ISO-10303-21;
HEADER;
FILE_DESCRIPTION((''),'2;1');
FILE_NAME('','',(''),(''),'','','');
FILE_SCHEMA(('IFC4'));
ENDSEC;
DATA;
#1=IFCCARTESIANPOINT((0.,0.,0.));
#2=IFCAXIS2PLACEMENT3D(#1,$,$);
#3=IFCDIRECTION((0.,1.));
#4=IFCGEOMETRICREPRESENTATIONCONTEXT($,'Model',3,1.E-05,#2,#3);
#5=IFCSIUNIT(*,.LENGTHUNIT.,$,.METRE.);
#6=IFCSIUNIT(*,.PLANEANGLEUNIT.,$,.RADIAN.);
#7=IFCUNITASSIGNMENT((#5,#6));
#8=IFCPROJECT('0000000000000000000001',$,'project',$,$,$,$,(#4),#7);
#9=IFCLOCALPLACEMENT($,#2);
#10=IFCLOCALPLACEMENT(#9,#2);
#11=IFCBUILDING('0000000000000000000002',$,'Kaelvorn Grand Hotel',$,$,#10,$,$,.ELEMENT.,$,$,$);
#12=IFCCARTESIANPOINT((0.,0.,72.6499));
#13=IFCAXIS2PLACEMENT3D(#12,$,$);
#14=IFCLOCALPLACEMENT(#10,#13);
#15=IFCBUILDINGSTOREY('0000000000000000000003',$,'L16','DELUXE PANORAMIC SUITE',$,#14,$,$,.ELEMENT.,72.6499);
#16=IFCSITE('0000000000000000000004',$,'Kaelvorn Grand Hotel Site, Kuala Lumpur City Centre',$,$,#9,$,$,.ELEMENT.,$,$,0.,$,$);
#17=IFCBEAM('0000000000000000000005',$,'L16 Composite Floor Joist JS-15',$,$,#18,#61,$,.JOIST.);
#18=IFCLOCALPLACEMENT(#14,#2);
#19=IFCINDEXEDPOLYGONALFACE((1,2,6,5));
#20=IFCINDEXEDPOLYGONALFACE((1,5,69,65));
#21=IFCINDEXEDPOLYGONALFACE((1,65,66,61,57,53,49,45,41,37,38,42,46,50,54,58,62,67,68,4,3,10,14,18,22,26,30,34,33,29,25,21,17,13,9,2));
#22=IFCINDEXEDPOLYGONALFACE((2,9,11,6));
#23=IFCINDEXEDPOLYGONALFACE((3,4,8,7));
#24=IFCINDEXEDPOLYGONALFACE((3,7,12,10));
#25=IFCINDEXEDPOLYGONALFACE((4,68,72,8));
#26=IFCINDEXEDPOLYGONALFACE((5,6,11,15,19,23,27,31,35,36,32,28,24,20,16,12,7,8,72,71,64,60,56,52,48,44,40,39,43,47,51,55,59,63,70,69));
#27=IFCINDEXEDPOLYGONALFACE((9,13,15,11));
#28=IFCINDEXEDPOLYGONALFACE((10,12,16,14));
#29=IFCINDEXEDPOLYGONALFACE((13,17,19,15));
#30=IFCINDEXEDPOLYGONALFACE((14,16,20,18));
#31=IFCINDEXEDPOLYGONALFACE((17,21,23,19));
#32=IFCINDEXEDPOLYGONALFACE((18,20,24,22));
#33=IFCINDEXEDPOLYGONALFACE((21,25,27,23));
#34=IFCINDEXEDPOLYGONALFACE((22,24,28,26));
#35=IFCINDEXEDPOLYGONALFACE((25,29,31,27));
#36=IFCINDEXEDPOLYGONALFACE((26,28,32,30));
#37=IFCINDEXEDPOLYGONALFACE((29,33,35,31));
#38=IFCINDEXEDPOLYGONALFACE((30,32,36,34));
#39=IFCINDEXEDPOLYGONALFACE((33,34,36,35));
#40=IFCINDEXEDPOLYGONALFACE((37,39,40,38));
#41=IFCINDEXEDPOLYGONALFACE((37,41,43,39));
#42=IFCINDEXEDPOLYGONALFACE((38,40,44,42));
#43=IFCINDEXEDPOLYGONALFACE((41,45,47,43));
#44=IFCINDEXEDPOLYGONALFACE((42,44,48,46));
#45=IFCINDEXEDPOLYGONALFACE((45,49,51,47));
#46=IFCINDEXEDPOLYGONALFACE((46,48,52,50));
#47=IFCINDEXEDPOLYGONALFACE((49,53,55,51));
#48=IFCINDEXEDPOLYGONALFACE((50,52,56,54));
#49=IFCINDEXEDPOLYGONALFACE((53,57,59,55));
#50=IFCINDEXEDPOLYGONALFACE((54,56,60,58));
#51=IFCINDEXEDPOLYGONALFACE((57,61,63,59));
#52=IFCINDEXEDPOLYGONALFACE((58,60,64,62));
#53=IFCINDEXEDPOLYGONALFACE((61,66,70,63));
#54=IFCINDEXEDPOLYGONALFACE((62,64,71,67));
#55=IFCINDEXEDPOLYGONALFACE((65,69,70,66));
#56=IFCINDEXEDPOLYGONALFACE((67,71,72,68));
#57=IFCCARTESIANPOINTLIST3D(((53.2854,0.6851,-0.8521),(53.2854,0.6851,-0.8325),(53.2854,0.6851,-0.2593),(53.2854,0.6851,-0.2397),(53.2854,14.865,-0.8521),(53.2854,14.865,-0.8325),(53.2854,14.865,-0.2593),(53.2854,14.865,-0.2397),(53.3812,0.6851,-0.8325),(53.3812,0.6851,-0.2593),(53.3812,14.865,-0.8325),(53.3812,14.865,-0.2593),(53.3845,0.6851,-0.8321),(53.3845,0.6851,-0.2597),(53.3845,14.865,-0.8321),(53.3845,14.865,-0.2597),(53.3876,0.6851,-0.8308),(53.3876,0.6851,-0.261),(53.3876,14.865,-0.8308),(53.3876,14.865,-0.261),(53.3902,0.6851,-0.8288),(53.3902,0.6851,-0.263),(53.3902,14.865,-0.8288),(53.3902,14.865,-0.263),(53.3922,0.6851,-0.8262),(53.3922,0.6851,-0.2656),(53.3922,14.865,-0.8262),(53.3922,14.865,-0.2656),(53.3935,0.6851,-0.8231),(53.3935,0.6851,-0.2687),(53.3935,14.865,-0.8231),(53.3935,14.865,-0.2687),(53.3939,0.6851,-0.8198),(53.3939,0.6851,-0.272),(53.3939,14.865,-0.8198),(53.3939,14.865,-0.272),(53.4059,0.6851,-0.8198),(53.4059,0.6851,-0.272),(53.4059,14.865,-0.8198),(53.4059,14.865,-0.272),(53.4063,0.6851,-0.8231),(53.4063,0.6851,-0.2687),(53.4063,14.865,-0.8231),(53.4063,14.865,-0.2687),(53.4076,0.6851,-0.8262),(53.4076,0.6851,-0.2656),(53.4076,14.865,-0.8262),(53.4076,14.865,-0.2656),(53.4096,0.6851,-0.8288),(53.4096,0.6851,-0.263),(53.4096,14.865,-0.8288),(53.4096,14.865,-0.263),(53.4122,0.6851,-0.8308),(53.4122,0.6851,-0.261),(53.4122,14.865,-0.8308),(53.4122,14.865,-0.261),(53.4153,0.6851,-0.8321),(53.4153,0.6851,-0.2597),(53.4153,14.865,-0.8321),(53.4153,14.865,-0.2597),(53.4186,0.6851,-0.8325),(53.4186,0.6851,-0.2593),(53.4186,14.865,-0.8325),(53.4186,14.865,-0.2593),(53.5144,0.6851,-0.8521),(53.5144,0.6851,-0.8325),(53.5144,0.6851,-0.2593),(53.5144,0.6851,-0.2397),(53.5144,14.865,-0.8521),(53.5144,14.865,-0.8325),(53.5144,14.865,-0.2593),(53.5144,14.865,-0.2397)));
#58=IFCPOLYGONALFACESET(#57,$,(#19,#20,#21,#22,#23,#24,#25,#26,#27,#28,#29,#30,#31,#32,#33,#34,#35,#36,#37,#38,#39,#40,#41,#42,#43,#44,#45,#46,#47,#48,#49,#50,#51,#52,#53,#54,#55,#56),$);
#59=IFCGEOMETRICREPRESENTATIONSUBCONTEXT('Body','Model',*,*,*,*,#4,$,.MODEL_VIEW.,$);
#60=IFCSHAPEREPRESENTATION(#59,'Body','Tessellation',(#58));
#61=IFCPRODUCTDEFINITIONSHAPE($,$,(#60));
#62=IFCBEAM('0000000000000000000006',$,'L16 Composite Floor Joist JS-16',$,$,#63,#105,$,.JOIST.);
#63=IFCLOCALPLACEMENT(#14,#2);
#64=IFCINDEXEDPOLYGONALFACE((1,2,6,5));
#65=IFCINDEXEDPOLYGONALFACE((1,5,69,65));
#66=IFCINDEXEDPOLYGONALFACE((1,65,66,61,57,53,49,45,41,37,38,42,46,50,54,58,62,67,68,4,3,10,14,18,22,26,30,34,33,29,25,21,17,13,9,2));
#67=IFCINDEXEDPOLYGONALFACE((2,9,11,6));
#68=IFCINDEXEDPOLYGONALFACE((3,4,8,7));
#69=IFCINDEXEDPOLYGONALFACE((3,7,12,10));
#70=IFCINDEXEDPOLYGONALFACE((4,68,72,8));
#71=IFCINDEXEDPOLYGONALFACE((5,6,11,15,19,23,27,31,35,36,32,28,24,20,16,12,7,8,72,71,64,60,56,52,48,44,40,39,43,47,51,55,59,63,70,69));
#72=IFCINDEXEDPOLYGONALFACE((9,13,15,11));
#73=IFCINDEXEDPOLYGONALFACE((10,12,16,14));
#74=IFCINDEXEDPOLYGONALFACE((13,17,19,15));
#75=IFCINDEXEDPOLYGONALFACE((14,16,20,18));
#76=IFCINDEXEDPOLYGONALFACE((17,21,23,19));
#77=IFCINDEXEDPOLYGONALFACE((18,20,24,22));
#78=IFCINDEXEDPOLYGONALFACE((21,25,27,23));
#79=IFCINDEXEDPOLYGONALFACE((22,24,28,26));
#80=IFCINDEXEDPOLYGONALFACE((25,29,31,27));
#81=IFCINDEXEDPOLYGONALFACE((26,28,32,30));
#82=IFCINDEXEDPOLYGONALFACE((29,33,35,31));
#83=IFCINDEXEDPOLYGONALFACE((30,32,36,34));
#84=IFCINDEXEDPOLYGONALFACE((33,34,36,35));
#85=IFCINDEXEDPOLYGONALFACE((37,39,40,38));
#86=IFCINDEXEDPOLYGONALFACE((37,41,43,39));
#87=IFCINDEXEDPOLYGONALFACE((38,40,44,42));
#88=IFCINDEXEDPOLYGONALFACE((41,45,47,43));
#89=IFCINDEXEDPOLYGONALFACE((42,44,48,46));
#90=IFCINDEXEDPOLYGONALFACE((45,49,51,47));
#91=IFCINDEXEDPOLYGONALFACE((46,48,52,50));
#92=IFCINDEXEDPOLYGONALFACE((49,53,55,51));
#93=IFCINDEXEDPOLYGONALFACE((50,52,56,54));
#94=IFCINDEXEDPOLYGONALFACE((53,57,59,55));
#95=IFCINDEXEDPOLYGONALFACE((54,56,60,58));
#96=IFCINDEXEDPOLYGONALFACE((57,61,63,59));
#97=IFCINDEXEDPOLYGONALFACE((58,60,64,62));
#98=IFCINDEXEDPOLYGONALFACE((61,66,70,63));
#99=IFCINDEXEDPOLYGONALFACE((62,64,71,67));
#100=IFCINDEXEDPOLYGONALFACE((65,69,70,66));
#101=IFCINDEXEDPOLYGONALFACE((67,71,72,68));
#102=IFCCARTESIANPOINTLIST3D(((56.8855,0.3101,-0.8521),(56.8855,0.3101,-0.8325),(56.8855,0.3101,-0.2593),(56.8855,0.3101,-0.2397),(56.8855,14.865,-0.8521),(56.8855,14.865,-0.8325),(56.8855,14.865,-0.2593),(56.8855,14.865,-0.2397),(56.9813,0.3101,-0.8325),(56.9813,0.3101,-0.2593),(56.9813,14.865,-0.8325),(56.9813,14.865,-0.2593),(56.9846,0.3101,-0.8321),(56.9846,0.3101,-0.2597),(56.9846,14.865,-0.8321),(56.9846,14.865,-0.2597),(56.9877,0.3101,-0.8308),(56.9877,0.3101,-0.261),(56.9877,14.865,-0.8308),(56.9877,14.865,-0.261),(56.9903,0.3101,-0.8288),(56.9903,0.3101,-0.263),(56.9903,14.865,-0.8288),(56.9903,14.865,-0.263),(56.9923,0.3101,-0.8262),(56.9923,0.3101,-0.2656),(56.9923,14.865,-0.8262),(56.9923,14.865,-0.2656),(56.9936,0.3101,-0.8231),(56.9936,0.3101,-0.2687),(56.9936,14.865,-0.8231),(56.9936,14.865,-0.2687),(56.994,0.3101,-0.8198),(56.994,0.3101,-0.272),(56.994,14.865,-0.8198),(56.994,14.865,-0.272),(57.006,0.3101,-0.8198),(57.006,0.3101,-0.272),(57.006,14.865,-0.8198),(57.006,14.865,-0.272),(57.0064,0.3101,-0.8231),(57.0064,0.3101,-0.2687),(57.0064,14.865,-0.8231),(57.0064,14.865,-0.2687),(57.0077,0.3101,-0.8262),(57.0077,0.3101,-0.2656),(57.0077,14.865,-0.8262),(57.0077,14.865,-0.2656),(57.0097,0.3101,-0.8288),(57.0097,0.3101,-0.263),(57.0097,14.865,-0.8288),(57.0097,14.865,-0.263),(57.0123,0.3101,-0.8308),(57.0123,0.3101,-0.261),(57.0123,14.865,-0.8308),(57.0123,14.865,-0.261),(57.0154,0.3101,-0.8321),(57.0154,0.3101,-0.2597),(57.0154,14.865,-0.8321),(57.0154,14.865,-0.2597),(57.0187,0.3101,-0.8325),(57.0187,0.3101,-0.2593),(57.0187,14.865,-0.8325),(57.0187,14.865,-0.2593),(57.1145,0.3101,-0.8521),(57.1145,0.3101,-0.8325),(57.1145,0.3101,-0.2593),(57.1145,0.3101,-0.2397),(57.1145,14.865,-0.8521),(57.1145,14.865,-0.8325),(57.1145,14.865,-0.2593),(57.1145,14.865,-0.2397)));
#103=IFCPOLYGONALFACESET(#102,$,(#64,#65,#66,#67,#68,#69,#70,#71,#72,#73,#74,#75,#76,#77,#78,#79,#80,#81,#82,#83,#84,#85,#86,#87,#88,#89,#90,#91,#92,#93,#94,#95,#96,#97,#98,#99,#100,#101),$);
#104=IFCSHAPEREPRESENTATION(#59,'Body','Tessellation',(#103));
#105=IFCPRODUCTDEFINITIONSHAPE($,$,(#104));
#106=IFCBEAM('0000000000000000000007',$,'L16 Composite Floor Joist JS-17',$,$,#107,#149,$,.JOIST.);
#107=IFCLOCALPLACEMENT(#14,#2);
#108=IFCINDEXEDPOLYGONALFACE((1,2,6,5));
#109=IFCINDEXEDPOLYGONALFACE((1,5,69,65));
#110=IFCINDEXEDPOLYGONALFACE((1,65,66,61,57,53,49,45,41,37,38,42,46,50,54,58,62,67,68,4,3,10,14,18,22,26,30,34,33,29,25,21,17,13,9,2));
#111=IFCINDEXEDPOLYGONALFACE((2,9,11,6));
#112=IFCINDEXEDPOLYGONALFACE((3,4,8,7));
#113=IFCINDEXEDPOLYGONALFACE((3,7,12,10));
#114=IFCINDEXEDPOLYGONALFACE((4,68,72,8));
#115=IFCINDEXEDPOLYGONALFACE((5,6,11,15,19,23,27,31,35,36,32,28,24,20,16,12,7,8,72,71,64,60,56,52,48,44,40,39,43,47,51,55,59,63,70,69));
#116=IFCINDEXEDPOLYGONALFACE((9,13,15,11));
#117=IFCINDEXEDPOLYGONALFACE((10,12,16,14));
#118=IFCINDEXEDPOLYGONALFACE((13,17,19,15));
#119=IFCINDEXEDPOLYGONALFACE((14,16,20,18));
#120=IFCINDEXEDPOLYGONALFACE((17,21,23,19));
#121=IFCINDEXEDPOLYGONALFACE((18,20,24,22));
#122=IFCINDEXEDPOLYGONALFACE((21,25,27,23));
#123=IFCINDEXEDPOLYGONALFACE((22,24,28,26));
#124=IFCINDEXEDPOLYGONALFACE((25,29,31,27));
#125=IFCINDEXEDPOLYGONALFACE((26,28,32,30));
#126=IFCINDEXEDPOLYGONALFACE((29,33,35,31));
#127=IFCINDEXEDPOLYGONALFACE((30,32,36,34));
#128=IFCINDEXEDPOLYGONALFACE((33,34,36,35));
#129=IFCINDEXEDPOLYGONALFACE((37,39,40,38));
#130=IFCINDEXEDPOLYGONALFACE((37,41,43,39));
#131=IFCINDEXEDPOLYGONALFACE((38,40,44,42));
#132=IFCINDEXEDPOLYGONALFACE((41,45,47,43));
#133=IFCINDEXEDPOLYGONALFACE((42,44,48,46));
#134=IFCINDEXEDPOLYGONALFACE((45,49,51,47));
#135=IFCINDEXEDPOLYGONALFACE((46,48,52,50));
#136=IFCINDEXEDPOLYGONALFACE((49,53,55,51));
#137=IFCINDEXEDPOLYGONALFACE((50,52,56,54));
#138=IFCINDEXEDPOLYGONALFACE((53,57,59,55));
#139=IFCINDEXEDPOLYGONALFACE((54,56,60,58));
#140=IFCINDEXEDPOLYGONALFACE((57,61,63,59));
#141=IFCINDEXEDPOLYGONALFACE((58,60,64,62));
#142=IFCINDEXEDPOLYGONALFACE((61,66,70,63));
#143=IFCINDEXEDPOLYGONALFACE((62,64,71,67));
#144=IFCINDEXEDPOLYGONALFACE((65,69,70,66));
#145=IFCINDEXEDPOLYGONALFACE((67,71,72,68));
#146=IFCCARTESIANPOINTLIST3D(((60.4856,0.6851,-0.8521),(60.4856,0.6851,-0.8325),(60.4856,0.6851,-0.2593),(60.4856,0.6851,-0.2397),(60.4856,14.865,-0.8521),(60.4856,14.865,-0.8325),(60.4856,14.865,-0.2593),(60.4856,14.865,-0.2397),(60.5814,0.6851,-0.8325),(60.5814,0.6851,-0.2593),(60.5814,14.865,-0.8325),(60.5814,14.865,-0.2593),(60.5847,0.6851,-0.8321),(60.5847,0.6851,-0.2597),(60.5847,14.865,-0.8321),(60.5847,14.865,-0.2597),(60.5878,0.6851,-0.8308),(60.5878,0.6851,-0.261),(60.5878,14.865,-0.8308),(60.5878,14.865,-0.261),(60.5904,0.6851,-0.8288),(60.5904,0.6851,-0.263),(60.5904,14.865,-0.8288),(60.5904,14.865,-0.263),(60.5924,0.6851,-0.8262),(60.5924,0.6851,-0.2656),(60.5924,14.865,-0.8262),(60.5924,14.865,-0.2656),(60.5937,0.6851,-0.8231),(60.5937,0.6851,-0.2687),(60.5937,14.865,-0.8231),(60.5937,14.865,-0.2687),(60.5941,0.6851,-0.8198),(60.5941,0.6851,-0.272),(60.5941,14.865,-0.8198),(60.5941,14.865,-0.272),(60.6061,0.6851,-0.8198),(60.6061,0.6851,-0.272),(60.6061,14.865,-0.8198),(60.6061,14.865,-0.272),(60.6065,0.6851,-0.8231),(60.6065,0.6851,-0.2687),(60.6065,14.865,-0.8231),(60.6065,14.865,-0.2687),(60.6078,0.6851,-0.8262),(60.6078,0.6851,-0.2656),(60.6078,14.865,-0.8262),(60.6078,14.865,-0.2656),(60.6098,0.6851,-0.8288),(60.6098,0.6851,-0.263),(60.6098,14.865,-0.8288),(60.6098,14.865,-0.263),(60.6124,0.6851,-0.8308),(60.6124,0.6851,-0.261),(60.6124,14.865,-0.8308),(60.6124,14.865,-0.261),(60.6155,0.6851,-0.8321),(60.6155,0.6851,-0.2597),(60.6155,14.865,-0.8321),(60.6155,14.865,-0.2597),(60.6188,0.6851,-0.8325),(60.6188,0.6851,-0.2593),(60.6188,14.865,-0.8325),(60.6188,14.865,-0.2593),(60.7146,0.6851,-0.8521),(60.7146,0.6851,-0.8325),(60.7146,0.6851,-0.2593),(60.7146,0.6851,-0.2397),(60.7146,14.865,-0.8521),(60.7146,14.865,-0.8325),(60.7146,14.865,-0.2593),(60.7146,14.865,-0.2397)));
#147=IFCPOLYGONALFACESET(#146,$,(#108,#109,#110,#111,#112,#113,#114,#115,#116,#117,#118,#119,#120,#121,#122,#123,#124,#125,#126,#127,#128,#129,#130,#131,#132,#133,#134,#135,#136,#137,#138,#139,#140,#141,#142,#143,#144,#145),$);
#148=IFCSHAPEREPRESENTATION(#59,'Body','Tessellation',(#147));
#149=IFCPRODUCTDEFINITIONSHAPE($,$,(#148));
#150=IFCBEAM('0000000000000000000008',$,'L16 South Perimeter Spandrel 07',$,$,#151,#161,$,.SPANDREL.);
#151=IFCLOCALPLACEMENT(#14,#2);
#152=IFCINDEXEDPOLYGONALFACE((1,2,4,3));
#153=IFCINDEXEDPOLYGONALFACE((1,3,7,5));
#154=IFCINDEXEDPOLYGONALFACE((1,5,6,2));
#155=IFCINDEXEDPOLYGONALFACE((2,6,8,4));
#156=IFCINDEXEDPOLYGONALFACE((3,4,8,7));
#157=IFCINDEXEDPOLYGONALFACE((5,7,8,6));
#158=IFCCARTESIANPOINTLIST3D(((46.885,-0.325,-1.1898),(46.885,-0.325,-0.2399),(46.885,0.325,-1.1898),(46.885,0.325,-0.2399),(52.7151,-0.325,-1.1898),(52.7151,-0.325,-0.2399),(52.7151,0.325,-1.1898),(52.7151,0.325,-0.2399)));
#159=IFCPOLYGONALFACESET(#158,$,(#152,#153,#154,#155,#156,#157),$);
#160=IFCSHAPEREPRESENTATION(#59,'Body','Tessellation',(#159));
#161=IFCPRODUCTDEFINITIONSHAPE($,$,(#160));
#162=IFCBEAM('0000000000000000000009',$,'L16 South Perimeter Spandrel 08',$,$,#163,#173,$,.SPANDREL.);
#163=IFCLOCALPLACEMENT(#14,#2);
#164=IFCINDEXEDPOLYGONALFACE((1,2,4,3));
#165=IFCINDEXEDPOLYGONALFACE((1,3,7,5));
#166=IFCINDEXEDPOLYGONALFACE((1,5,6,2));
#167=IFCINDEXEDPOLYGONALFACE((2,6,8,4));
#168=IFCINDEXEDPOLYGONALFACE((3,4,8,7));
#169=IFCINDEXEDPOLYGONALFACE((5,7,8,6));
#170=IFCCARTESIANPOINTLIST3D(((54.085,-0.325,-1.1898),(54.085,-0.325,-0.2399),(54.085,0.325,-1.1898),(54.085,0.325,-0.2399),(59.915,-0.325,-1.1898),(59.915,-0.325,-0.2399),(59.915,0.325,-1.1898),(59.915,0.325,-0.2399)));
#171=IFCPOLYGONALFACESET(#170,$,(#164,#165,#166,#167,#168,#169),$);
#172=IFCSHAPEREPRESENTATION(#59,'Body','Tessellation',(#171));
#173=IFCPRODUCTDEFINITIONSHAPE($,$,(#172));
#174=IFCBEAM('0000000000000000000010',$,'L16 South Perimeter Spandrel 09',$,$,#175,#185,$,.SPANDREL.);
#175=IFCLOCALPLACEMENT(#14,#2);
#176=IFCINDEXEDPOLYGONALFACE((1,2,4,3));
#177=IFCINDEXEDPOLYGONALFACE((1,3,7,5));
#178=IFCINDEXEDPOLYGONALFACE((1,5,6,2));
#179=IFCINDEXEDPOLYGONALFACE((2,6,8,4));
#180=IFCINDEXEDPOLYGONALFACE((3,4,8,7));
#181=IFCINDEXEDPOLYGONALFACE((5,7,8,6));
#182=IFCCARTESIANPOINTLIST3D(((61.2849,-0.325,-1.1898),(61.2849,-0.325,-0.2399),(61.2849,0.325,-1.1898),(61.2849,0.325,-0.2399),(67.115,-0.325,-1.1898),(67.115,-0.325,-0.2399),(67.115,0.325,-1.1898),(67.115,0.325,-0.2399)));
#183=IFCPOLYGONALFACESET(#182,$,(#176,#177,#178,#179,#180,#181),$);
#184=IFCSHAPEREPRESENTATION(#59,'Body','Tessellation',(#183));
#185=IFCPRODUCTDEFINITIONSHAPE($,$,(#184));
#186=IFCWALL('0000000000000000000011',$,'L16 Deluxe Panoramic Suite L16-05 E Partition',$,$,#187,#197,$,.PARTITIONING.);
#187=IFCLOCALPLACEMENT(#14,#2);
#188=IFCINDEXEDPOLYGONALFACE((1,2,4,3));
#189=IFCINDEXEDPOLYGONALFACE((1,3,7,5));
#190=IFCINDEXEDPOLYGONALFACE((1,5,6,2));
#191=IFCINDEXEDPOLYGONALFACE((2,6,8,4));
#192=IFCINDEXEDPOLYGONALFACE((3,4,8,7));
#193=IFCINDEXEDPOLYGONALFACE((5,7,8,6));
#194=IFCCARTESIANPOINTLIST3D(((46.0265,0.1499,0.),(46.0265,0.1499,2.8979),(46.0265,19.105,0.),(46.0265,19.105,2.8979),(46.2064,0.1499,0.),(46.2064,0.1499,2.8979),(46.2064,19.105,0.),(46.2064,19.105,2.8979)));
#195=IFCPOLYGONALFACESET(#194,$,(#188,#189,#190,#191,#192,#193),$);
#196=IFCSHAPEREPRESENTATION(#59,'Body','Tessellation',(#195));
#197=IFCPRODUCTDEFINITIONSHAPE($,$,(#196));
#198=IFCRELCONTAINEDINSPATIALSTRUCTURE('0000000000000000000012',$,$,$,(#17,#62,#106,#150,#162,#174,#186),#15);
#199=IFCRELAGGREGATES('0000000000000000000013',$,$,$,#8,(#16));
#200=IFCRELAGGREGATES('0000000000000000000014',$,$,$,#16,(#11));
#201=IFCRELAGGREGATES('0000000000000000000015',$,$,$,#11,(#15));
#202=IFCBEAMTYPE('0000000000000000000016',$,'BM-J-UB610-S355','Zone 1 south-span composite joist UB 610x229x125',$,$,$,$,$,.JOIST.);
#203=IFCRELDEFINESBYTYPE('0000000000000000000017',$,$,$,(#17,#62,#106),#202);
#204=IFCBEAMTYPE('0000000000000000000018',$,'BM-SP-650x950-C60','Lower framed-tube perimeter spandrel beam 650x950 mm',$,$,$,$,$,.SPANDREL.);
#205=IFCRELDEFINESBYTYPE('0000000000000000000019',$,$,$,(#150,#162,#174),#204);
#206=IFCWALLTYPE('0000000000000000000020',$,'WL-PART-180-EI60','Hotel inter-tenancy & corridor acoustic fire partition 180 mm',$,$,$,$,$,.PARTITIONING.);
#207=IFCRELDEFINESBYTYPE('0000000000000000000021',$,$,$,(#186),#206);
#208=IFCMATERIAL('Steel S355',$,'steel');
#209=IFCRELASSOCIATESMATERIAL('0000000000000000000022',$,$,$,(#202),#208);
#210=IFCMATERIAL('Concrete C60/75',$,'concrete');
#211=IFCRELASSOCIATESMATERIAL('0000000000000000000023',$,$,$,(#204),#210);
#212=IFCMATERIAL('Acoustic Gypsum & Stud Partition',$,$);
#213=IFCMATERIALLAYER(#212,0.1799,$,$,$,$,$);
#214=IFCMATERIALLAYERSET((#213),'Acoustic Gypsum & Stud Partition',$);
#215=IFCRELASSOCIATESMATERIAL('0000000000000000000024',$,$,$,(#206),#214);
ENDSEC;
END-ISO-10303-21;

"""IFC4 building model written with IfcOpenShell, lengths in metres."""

from ifc_helpers import new_model, si_unit, direction, frame, frame_2d, origin, origin_2d, place, context, subcontext, project, spatial, rectangle, i_section, extrude, material, layer, layer_set, material_profile, profile_set, type_object, element, save


model = new_model("IFC4")

# Units and contexts
model_context = context("Model", 3, precision=1e-05, world=origin(), true_north=direction((0.0, 1.0)))
body_context = subcontext(model_context, "Body", "Model", "MODEL_VIEW")
ifc_project = project(units=[si_unit("LENGTHUNIT", "METRE"), si_unit("PLANEANGLEUNIT", "RADIAN")], contexts=[model_context])

# Site, building, storey
site_placement = place(None, origin())
site = spatial("IfcSite", under=ifc_project, at=site_placement, Name="Kaelvorn Grand Hotel Site, Kuala Lumpur City Centre", CompositionType="ELEMENT", RefElevation=0.0)
building_placement = place(site_placement, origin())
building = spatial("IfcBuilding", under=site, at=building_placement, Name="Kaelvorn Grand Hotel", CompositionType="ELEMENT")
storey_placement = place(building_placement, frame((0.0, 0.0, 72.6499)))
storey = spatial("IfcBuildingStorey", under=building, at=storey_placement, Name="L16", Description="DELUXE PANORAMIC SUITE", CompositionType="ELEMENT", Elevation=72.6499)

# Beams
ifc_material_1 = material(Name="Steel S355", Category="steel")
ifc_material_profile_1 = material_profile(ifc_material_1, i_section(OverallWidth=0.229, OverallDepth=0.6123, WebThickness=0.012, FlangeThickness=0.0195, FilletRadius=0.0127, at=origin_2d()), Name="UB 610x229x125")
ifc_profile_set_1 = profile_set([ifc_material_profile_1], Name="Steel S355")
beam_type_1 = type_object("IfcBeamType", Name="BM-J-UB610-S355", Description="Zone 1 south-span composite joist UB 610x229x125", PredefinedType="JOIST", material=ifc_profile_set_1)
beam_1_placement = place(storey_placement, frame((53.3999, 0.6851, -0.5459), z_axis=(0.0, 1.0, 0.0), x_axis=(-1.0, 0.0, 0.0)))
element("IfcBeam", 1, at=beam_1_placement, inside=storey, type_object=beam_type_1, Name="L16 Composite Floor Joist JS-15", PredefinedType="JOIST", context=body_context, shape_type="SweptSolid", body=[
    extrude(i_section(OverallWidth=0.229, OverallDepth=0.6123, WebThickness=0.012, FlangeThickness=0.0195, FilletRadius=0.0127, at=origin_2d()), origin(), (0.0, 0.0, 1.0), 14.1799),
])
beam_2_placement = place(storey_placement, frame((57.0, 0.3101, -0.5459), z_axis=(0.0, 1.0, 0.0), x_axis=(-1.0, 0.0, 0.0)))
element("IfcBeam", 2, at=beam_2_placement, inside=storey, type_object=beam_type_1, Name="L16 Composite Floor Joist JS-16", PredefinedType="JOIST", context=body_context, shape_type="SweptSolid", body=[
    extrude(i_section(OverallWidth=0.229, OverallDepth=0.6123, WebThickness=0.012, FlangeThickness=0.0195, FilletRadius=0.0127, at=origin_2d()), origin(), (0.0, 0.0, 1.0), 14.5549),
])
beam_3_placement = place(storey_placement, frame((60.6001, 0.6851, -0.5459), z_axis=(0.0, 1.0, 0.0), x_axis=(-1.0, 0.0, 0.0)))
element("IfcBeam", 3, at=beam_3_placement, inside=storey, type_object=beam_type_1, Name="L16 Composite Floor Joist JS-17", PredefinedType="JOIST", context=body_context, shape_type="SweptSolid", body=[
    extrude(i_section(OverallWidth=0.229, OverallDepth=0.6123, WebThickness=0.012, FlangeThickness=0.0195, FilletRadius=0.0127, at=origin_2d()), origin(), (0.0, 0.0, 1.0), 14.1799),
])
ifc_material_2 = material(Name="Concrete C60/75", Category="concrete")
ifc_material_profile_2 = material_profile(ifc_material_2, rectangle(XDim=0.6499, YDim=0.95, at=origin_2d()), Name="RC SPANDREL 650x950")
ifc_profile_set_2 = profile_set([ifc_material_profile_2], Name="Concrete C60/75")
beam_type_2 = type_object("IfcBeamType", Name="BM-SP-650x950-C60", Description="Lower framed-tube perimeter spandrel beam 650x950 mm", PredefinedType="SPANDREL", material=ifc_profile_set_2)
for number, where, z_axis, x_axis, name in (
    (4, (46.885, 0.0, -0.7148), (1.0, 0.0, 0.0), (0.0, 1.0, 0.0), "L16 South Perimeter Spandrel 07"),
    (5, (54.085, 0.0, -0.7148), (1.0, 0.0, 0.0), (0.0, 1.0, 0.0), "L16 South Perimeter Spandrel 08"),
    (6, (61.2849, 0.0, -0.7148), (1.0, 0.0, 0.0), (0.0, 1.0, 0.0), "L16 South Perimeter Spandrel 09"),
):
    element("IfcBeam", number, at=place(storey_placement, frame(where, z_axis=z_axis, x_axis=x_axis)), inside=storey, type_object=beam_type_2, Name=name, PredefinedType="SPANDREL", context=body_context, shape_type="SweptSolid", body=[
        extrude(rectangle(XDim=0.6499, YDim=0.95, at=origin_2d()), origin(), (0.0, 0.0, 1.0), 5.8301),
    ])

# Wall
ifc_material_3 = material(Name="Acoustic Gypsum & Stud Partition")
ifc_layer_1 = layer(ifc_material_3, 0.1799)
ifc_layer_set_1 = layer_set([ifc_layer_1], Name="Acoustic Gypsum & Stud Partition")
wall_type = type_object("IfcWallType", Name="WL-PART-180-EI60", Description="Hotel inter-tenancy & corridor acoustic fire partition 180 mm", PredefinedType="PARTITIONING", material=ifc_layer_set_1)
wall_placement = place(storey_placement, frame((46.1165, 0.1499, 0.0), z_axis=(0.0, 0.0, 1.0), x_axis=(0.0, 1.0, 0.0)))
element("IfcWall", 7, at=wall_placement, inside=storey, type_object=wall_type, Name="L16 Deluxe Panoramic Suite L16-05 E Partition", PredefinedType="PARTITIONING", context=body_context, shape_type="SweptSolid", body=[
    extrude(rectangle(XDim=18.9551, YDim=0.1799, at=frame_2d((9.4775, 0.0))), origin(), (0.0, 0.0, 1.0), 2.8979),
])

save(model, "model.ifc")
